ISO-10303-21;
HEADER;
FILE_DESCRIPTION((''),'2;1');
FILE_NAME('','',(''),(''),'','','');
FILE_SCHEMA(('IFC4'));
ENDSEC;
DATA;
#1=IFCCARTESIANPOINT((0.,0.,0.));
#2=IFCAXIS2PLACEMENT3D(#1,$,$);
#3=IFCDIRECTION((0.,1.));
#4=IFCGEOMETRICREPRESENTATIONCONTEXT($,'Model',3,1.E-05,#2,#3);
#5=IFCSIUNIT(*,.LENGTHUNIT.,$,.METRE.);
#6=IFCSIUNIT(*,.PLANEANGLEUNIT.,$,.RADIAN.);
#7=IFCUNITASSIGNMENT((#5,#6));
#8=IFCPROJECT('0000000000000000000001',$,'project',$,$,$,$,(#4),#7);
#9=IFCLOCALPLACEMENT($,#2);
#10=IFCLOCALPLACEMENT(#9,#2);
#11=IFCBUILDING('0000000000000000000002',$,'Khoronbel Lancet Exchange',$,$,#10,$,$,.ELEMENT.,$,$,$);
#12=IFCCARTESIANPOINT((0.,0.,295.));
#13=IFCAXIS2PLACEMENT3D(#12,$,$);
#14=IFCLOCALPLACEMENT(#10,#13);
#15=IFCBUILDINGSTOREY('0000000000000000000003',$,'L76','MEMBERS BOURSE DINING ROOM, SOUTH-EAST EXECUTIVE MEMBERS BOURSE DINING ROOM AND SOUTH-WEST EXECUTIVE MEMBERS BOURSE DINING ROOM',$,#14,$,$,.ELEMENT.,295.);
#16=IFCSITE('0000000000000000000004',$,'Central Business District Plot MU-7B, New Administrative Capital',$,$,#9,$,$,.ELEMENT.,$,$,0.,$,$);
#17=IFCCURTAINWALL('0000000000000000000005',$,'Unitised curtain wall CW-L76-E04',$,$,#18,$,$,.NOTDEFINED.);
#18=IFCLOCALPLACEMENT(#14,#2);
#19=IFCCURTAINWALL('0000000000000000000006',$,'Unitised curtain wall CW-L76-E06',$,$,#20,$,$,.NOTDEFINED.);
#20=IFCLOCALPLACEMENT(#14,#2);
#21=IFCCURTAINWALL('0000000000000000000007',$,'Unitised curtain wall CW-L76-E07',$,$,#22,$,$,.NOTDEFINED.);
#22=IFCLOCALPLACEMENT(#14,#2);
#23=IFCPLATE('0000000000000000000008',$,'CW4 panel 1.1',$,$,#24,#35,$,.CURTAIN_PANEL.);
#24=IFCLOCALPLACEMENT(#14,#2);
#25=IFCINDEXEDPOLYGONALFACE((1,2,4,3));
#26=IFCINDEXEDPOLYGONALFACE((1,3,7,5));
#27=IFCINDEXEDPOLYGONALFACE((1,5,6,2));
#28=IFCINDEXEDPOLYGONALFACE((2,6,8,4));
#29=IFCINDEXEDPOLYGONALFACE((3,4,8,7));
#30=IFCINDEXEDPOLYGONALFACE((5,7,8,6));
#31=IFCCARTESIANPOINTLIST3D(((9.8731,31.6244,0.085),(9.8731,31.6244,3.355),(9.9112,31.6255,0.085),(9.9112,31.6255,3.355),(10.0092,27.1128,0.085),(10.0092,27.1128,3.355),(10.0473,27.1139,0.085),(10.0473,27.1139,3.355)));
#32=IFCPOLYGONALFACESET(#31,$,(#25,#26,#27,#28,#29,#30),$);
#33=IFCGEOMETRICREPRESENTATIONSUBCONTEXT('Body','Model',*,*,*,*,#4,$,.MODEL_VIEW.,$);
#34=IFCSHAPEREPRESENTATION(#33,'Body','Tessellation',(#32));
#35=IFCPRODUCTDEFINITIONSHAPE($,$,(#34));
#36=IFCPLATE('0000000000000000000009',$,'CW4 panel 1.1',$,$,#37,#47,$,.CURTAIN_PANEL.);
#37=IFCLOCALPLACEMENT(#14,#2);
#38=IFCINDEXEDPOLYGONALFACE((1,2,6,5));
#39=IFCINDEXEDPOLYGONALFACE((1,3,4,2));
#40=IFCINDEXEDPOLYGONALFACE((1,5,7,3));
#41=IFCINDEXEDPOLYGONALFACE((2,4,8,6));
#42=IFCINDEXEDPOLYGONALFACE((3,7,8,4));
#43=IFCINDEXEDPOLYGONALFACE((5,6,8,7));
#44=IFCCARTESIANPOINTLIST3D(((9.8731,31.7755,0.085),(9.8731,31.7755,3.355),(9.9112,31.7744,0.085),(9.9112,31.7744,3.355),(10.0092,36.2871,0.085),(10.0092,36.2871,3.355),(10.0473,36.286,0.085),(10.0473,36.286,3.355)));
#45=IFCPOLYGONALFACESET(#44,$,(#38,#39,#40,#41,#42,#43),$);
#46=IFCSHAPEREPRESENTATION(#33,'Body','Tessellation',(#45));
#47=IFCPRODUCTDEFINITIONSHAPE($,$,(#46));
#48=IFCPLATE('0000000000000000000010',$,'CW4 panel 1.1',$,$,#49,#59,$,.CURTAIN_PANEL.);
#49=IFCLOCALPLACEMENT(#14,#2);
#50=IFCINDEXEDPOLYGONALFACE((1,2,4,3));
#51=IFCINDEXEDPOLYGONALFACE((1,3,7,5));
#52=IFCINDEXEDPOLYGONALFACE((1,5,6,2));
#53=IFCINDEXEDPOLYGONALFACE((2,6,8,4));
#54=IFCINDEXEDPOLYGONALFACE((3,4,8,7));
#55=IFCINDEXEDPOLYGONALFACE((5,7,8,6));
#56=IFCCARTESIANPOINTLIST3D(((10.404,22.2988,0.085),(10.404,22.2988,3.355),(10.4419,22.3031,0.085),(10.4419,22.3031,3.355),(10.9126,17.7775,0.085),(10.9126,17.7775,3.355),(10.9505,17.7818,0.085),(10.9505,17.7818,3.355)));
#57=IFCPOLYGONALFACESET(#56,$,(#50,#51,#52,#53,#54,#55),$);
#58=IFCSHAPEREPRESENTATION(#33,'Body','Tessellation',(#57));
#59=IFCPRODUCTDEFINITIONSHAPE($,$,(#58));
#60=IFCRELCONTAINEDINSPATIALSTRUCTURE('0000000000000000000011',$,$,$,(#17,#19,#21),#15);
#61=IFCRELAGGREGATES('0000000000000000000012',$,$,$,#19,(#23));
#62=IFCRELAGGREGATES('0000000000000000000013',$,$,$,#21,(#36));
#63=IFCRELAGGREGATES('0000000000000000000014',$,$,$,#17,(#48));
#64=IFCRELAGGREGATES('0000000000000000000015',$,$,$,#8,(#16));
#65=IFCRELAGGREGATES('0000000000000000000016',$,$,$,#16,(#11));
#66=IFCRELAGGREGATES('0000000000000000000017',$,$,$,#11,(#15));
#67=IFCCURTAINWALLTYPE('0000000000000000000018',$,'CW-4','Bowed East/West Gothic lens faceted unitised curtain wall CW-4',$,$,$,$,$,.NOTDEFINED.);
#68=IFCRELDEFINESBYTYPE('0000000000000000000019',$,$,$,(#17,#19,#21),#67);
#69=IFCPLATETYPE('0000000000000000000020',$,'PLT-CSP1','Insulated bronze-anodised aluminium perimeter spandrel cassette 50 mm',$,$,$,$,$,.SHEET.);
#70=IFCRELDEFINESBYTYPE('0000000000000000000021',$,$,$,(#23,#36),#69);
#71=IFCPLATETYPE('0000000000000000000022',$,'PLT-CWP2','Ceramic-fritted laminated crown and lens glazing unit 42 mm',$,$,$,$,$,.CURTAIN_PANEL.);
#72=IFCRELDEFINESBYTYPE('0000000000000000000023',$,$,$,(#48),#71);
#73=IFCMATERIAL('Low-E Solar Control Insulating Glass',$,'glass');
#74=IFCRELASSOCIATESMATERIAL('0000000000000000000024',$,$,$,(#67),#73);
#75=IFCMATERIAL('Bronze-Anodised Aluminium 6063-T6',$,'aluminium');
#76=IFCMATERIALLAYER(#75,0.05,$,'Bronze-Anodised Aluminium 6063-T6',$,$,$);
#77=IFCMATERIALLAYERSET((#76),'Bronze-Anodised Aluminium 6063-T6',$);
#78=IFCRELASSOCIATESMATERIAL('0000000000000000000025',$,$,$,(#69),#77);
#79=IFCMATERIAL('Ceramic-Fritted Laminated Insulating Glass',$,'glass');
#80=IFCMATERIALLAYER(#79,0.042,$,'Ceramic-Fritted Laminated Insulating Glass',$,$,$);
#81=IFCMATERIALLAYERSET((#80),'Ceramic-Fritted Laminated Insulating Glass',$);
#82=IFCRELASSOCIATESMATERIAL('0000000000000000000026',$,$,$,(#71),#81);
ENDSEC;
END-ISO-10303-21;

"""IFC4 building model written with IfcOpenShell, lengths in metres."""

from ifc_helpers import new_model, si_unit, direction, frame, origin, origin_2d, place, context, subcontext, project, spatial, rectangle, extrude, material, layer, layer_set, type_object, element, aggregate, save


model = new_model("IFC4")

# Units and contexts
model_context = context("Model", 3, precision=1e-05, world=origin(), true_north=direction((0.0, 1.0)))
body_context = subcontext(model_context, "Body", "Model", "MODEL_VIEW")
ifc_project = project(units=[si_unit("LENGTHUNIT", "METRE"), si_unit("PLANEANGLEUNIT", "RADIAN")], contexts=[model_context])

# Site, building, storey
site_placement = place(None, origin())
site = spatial("IfcSite", under=ifc_project, at=site_placement, Name="Central Business District Plot MU-7B, New Administrative Capital", CompositionType="ELEMENT", RefElevation=0.0)
building_placement = place(site_placement, origin())
building = spatial("IfcBuilding", under=site, at=building_placement, Name="Khoronbel Lancet Exchange", CompositionType="ELEMENT")
storey_placement = place(building_placement, frame((0.0, 0.0, 295.0)))
storey = spatial("IfcBuildingStorey", under=building, at=storey_placement, Name="L76", Description="MEMBERS BOURSE DINING ROOM, SOUTH-EAST EXECUTIVE MEMBERS BOURSE DINING ROOM AND SOUTH-WEST EXECUTIVE MEMBERS BOURSE DINING ROOM", CompositionType="ELEMENT", Elevation=295.0)

# Curtain walls
ifc_material_1 = material(Name="Low-E Solar Control Insulating Glass", Category="glass")
curtain_wall_type = type_object("IfcCurtainWallType", Name="CW-4", Description="Bowed East/West Gothic lens faceted unitised curtain wall CW-4", PredefinedType="NOTDEFINED", material=ifc_material_1)
curtain_wall_1_placement = place(storey_placement, origin())
curtain_wall_1 = element("IfcCurtainWall", 1, at=curtain_wall_1_placement, inside=storey, type_object=curtain_wall_type, Name="Unitised curtain wall CW-L76-E04", PredefinedType="NOTDEFINED")
ifc_material_2 = material(Name="Bronze-Anodised Aluminium 6063-T6", Category="aluminium")
curtain_wall_2_placement = place(storey_placement, origin())
curtain_wall_2 = element("IfcCurtainWall", 2, at=curtain_wall_2_placement, inside=storey, type_object=curtain_wall_type, Name="Unitised curtain wall CW-L76-E06", PredefinedType="NOTDEFINED")

# Curtain wall
curtain_wall_3_placement = place(storey_placement, origin())
curtain_wall_3 = element("IfcCurtainWall", 3, at=curtain_wall_3_placement, inside=storey, type_object=curtain_wall_type, Name="Unitised curtain wall CW-L76-E07", PredefinedType="NOTDEFINED")

# Plates
ifc_layer_1 = layer(ifc_material_2, 0.05, Name="Bronze-Anodised Aluminium 6063-T6")
ifc_layer_set_1 = layer_set([ifc_layer_1], Name="Bronze-Anodised Aluminium 6063-T6")
plate_type_1 = type_object("IfcPlateType", Name="PLT-CSP1", Description="Insulated bronze-anodised aluminium perimeter spandrel cassette 50 mm", PredefinedType="SHEET", material=ifc_layer_set_1)
plate_1_placement = place(storey_placement, frame((9.9602, 29.3691, 0.085), z_axis=(0.0, 0.0, 1.0), x_axis=(-0.030148, 0.999545, 0.0)))
plate_1 = element("IfcPlate", 4, at=plate_1_placement, type_object=plate_type_1, Name="CW4 panel 1.1", PredefinedType="CURTAIN_PANEL", context=body_context, shape_type="SweptSolid", body=[
    extrude(rectangle(XDim=4.5137, YDim=0.0381, at=origin_2d()), origin(), (0.0, 0.0, 1.0), 3.27),
])
aggregate(curtain_wall_2, [plate_1])
plate_2_placement = place(storey_placement, frame((9.9602, 34.0308, 0.085), z_axis=(0.0, 0.0, 1.0), x_axis=(0.030148, 0.999545, 0.0)))
plate_2 = element("IfcPlate", 5, at=plate_2_placement, type_object=plate_type_1, Name="CW4 panel 1.1", PredefinedType="CURTAIN_PANEL", context=body_context, shape_type="SweptSolid", body=[
    extrude(rectangle(XDim=4.5137, YDim=0.0381, at=origin_2d()), origin(), (0.0, 0.0, 1.0), 3.27),
])
aggregate(curtain_wall_3, [plate_2])
ifc_material_3 = material(Name="Ceramic-Fritted Laminated Insulating Glass", Category="glass")
ifc_layer_2 = layer(ifc_material_3, 0.042, Name="Ceramic-Fritted Laminated Insulating Glass")
ifc_layer_set_2 = layer_set([ifc_layer_2], Name="Ceramic-Fritted Laminated Insulating Glass")
plate_type_2 = type_object("IfcPlateType", Name="PLT-CWP2", Description="Ceramic-fritted laminated crown and lens glazing unit 42 mm", PredefinedType="CURTAIN_PANEL", material=ifc_layer_set_2)
plate_3_placement = place(storey_placement, frame((10.6772, 20.0403, 0.085), z_axis=(0.0, 0.0, 1.0), x_axis=(-0.111791, 0.993732, 0.0)))
plate_3 = element("IfcPlate", 6, at=plate_3_placement, type_object=plate_type_2, Name="CW4 panel 1.1", PredefinedType="CURTAIN_PANEL", context=body_context, shape_type="SweptSolid", body=[
    extrude(rectangle(XDim=4.5498, YDim=0.0381, at=origin_2d()), origin(), (0.0, 0.0, 1.0), 3.27),
])
aggregate(curtain_wall_1, [plate_3])

save(model, "model.ifc")
